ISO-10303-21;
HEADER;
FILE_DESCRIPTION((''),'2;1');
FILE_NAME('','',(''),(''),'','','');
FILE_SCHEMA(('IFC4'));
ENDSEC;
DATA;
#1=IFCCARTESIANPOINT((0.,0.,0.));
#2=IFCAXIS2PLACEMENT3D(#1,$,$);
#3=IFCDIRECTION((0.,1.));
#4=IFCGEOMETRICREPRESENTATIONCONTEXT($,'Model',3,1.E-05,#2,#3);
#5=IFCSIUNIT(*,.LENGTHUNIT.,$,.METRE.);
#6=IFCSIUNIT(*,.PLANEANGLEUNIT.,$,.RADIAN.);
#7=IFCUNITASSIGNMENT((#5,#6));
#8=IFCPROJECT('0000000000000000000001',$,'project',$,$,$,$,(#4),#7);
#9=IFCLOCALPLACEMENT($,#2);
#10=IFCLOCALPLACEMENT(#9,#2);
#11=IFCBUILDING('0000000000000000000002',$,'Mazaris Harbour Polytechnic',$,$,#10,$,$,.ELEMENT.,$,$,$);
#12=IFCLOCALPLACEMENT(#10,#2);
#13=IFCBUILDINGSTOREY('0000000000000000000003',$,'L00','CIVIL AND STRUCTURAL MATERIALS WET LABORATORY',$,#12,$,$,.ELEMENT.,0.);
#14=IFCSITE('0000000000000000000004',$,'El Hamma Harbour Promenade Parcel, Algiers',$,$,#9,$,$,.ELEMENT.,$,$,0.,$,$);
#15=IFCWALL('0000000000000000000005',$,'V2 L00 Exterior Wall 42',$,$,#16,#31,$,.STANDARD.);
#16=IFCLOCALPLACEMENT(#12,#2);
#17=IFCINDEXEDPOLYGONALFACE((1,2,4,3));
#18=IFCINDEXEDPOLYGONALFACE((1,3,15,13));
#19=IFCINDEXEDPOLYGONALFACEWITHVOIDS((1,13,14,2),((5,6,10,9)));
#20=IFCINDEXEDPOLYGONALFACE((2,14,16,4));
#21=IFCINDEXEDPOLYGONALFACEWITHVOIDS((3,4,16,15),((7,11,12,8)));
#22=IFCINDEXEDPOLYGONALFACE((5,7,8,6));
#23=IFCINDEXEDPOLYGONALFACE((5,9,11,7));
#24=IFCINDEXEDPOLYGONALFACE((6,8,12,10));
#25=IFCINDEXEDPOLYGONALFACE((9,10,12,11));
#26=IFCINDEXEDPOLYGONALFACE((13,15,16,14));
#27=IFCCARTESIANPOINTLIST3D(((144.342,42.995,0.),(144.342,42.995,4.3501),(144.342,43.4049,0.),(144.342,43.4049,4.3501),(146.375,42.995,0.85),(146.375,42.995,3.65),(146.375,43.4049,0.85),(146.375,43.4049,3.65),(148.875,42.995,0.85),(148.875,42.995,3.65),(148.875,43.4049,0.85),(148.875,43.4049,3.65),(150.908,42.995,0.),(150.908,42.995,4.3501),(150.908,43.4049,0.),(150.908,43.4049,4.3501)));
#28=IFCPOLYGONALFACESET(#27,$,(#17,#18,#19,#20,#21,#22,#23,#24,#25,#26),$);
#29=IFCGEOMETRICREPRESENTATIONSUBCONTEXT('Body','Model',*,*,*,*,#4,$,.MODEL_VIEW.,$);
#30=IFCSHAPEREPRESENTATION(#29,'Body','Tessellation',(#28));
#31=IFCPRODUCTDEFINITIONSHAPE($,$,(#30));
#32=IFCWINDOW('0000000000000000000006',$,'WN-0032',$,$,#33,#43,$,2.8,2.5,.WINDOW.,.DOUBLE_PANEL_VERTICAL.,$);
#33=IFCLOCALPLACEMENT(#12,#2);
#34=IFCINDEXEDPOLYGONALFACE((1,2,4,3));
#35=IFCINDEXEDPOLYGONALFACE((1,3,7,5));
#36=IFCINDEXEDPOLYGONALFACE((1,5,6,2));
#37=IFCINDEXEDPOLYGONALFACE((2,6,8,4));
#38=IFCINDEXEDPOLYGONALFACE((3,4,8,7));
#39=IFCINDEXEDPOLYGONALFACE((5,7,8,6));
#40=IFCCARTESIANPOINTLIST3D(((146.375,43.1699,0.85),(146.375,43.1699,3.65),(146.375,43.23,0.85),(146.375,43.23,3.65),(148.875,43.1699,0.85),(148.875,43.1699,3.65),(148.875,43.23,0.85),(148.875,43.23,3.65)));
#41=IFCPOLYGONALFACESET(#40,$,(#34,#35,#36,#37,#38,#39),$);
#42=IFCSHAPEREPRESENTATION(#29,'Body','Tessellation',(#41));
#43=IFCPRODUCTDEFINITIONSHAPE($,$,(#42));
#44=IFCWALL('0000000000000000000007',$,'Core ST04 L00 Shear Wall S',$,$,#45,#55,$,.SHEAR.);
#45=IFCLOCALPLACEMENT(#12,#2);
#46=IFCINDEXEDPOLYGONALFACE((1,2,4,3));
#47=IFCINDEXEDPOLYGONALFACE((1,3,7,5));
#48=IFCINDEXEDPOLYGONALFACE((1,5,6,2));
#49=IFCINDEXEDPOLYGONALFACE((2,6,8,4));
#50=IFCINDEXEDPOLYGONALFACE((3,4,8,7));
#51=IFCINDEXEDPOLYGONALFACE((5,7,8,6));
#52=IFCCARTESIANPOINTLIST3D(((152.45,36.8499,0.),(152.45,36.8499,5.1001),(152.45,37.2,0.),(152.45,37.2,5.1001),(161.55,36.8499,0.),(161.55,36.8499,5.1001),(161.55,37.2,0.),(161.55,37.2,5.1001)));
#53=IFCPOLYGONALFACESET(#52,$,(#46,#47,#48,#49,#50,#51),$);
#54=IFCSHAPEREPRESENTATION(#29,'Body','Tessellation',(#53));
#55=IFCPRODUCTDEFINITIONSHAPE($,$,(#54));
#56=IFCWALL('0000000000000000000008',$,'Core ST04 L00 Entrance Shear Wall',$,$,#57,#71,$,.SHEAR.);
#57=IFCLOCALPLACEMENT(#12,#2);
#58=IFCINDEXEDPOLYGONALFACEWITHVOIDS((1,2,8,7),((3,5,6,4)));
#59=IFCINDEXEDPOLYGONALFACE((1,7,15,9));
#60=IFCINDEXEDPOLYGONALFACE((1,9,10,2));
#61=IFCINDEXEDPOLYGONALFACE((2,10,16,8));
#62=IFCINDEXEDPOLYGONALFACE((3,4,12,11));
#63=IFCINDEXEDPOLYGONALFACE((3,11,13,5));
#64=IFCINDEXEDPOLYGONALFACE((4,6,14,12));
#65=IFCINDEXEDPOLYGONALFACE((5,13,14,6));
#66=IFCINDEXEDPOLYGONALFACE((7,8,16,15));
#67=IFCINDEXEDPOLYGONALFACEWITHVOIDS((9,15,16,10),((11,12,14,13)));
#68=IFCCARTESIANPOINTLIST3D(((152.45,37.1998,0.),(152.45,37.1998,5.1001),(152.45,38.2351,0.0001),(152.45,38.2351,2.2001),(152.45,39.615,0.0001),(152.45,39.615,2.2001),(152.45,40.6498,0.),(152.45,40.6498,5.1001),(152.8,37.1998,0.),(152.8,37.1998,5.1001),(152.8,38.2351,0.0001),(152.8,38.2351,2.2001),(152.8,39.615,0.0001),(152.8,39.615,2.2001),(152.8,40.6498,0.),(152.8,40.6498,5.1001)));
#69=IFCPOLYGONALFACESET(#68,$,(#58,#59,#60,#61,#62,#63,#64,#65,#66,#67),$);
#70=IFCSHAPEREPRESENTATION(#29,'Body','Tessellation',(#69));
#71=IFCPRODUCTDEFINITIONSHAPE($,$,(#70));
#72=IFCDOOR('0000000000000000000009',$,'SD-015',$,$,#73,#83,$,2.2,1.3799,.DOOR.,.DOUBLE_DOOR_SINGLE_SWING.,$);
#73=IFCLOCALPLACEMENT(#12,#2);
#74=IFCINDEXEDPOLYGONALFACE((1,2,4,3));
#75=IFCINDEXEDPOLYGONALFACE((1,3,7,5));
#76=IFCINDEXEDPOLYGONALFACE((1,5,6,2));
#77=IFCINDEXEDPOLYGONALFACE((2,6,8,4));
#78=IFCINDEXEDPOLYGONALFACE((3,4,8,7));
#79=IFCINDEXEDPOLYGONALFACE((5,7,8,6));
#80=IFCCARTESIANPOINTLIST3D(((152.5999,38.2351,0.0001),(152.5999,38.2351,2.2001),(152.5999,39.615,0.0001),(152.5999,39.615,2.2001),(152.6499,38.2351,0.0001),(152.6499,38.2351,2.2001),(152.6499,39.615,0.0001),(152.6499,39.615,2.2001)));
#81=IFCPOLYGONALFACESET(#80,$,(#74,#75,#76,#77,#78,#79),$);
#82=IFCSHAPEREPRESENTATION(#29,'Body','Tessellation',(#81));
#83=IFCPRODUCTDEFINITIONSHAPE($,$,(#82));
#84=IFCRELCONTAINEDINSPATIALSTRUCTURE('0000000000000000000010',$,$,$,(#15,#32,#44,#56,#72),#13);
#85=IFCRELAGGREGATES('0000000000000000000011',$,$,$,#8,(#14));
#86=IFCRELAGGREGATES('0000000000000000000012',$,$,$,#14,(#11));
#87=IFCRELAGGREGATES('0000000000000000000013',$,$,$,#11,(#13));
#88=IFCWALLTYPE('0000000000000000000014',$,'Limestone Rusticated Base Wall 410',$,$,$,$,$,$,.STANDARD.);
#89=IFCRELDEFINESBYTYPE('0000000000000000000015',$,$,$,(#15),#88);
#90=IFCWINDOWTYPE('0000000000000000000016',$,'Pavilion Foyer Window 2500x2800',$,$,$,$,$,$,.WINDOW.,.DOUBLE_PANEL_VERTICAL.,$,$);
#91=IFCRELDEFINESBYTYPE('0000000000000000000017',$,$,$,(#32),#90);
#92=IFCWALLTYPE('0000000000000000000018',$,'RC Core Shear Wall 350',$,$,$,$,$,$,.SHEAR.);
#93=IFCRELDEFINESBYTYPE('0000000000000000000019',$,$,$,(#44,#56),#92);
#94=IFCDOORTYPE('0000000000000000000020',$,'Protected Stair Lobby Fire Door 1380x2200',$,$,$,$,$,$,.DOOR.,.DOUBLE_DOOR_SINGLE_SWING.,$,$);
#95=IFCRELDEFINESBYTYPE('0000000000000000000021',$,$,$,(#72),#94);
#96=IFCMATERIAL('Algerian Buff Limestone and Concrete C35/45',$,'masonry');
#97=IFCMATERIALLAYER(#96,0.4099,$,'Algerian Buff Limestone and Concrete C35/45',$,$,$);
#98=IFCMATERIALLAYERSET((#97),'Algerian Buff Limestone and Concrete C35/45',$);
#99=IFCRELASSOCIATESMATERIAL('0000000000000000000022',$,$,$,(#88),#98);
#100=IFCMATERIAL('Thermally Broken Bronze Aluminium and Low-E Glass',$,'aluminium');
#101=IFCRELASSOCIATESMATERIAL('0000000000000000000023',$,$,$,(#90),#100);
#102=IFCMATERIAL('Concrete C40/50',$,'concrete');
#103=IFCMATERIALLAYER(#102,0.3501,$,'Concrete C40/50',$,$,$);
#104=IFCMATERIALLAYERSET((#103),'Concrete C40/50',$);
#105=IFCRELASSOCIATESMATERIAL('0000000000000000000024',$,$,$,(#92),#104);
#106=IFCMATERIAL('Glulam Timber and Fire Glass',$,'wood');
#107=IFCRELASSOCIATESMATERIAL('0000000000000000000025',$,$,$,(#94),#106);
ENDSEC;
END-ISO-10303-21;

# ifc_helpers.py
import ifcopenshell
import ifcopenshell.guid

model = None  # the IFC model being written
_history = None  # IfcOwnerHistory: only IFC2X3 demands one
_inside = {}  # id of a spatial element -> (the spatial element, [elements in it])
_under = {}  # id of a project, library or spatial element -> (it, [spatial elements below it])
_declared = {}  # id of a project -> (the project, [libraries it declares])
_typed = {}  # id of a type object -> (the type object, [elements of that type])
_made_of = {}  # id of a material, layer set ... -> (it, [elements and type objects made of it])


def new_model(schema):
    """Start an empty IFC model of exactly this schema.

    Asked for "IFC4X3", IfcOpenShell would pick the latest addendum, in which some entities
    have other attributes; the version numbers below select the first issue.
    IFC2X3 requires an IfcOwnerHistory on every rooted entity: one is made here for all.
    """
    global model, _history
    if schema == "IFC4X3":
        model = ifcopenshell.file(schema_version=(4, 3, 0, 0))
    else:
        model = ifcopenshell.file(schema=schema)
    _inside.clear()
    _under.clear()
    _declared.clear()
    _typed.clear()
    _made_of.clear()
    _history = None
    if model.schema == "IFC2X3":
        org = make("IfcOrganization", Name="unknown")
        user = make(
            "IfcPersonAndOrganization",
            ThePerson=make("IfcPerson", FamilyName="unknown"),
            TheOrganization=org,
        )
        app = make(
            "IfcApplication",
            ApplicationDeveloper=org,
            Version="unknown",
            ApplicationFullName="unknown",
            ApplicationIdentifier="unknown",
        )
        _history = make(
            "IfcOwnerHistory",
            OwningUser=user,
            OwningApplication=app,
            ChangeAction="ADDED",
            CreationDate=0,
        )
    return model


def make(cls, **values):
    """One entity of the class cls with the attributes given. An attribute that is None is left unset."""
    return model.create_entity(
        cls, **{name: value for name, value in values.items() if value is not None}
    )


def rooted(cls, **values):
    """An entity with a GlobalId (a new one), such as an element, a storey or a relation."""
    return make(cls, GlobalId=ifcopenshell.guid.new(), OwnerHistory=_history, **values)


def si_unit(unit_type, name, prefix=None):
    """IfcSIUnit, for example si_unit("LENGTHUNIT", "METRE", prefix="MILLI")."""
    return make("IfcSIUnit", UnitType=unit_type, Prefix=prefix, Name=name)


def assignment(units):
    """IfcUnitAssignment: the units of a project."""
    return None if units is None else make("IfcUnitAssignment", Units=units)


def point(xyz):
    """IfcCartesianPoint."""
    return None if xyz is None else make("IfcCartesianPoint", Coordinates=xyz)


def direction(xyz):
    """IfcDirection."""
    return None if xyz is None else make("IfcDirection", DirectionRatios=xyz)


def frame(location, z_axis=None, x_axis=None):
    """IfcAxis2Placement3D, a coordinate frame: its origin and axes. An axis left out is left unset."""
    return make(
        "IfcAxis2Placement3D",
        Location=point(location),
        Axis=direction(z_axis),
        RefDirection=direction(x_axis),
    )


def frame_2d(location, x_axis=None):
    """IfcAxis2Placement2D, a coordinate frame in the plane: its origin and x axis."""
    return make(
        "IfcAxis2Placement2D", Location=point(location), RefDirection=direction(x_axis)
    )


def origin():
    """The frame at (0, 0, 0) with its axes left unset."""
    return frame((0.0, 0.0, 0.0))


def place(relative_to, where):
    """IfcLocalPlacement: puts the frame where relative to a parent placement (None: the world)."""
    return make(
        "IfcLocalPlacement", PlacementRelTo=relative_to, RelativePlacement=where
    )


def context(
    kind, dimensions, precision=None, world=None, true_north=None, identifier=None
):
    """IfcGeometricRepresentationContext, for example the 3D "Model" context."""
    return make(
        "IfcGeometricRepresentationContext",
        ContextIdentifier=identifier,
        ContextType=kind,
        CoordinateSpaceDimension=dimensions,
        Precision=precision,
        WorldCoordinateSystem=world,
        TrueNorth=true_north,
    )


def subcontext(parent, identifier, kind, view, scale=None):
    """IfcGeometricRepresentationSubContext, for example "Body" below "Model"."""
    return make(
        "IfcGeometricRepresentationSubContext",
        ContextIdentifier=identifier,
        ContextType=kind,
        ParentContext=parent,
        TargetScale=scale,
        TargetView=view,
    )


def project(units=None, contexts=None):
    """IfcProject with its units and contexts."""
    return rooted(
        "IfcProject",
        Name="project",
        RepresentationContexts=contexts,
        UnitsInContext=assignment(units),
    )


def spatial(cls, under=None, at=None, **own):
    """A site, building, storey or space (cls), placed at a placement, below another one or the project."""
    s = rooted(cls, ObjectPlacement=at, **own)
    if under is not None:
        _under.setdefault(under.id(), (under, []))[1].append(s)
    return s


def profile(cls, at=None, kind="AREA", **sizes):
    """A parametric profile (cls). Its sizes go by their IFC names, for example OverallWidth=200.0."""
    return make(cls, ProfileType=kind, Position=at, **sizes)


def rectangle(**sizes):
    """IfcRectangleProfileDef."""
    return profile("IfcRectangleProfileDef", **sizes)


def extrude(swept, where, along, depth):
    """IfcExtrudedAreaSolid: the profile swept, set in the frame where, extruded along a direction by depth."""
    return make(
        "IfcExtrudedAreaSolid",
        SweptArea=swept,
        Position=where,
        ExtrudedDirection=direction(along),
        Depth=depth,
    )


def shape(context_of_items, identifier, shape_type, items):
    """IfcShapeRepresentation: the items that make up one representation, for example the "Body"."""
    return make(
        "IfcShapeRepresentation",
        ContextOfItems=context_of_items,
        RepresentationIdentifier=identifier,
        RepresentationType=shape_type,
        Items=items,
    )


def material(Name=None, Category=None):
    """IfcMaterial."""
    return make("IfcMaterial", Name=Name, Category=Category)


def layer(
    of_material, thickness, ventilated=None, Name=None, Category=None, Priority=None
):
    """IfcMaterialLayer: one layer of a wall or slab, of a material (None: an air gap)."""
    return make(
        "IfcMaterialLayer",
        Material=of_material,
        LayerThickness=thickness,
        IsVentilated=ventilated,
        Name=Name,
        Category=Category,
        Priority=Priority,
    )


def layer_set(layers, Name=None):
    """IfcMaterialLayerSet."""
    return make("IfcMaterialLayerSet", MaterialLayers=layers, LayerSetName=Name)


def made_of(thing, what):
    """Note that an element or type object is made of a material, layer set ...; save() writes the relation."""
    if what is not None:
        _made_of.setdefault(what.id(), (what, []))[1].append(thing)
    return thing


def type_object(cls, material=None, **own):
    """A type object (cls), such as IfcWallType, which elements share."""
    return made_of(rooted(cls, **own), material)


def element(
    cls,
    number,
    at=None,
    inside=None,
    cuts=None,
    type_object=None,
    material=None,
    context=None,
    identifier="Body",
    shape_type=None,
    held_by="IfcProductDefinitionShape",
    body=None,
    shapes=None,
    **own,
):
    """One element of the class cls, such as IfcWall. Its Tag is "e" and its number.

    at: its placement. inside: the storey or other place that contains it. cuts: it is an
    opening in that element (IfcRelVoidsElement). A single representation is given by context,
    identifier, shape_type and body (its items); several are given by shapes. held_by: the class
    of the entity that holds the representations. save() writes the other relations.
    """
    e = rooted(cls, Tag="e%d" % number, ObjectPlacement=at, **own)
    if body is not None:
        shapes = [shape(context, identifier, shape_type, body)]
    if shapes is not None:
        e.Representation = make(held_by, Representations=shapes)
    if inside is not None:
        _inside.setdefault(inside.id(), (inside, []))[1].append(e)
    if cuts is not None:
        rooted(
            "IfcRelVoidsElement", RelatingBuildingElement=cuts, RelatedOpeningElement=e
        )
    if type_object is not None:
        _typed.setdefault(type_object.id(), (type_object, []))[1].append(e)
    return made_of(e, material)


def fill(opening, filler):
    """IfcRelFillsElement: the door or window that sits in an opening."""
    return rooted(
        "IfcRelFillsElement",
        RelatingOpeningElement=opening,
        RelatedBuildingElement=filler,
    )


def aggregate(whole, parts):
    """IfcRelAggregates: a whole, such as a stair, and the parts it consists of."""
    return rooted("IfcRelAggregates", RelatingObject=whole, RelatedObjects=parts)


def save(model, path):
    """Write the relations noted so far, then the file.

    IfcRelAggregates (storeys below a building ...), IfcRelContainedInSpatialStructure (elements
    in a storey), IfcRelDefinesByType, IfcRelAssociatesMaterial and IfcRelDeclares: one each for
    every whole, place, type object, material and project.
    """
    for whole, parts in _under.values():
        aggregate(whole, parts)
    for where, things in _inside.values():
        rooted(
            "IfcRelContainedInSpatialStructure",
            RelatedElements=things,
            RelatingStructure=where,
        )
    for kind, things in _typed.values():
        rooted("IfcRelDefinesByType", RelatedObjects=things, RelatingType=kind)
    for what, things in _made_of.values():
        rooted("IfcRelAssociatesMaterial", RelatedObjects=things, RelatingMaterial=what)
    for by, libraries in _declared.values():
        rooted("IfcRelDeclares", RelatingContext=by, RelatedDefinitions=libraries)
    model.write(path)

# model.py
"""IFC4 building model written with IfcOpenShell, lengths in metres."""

from ifc_helpers import new_model, si_unit, direction, frame, frame_2d, origin, place, context, subcontext, project, spatial, rectangle, extrude, material, layer, layer_set, type_object, element, fill, save


model = new_model("IFC4")

# Units and contexts
model_context = context("Model", 3, precision=1e-05, world=origin(), true_north=direction((0.0, 1.0)))
body_context = subcontext(model_context, "Body", "Model", "MODEL_VIEW")
ifc_project = project(units=[si_unit("LENGTHUNIT", "METRE"), si_unit("PLANEANGLEUNIT", "RADIAN")], contexts=[model_context])

# Site, building, storey
site_placement = place(None, origin())
site = spatial("IfcSite", under=ifc_project, at=site_placement, Name="El Hamma Harbour Promenade Parcel, Algiers", CompositionType="ELEMENT", RefElevation=0.0)
building_placement = place(site_placement, origin())
building = spatial("IfcBuilding", under=site, at=building_placement, Name="Mazaris Harbour Polytechnic", CompositionType="ELEMENT")
storey_placement = place(building_placement, origin())
storey = spatial("IfcBuildingStorey", under=building, at=storey_placement, Name="L00", Description="CIVIL AND STRUCTURAL MATERIALS WET LABORATORY", CompositionType="ELEMENT", Elevation=0.0)

# Wall, opening, window
ifc_material_1 = material(Name="Algerian Buff Limestone and Concrete C35/45", Category="masonry")
ifc_layer_1 = layer(ifc_material_1, 0.4099, Name="Algerian Buff Limestone and Concrete C35/45")
ifc_layer_set_1 = layer_set([ifc_layer_1], Name="Algerian Buff Limestone and Concrete C35/45")
wall_type_1 = type_object("IfcWallType", Name="Limestone Rusticated Base Wall 410", PredefinedType="STANDARD", material=ifc_layer_set_1)
wall_1_placement = place(storey_placement, frame((144.342, 43.2, 0.0), z_axis=(0.0, 0.0, 1.0), x_axis=(1.0, 0.0, 0.0)))
wall_1 = element("IfcWall", 1, at=wall_1_placement, inside=storey, type_object=wall_type_1, Name="V2 L00 Exterior Wall 42", PredefinedType="STANDARD", context=body_context, shape_type="SweptSolid", body=[
    extrude(rectangle(XDim=6.5659, YDim=0.4099, at=frame_2d((3.283, 0.0))), origin(), (0.0, 0.0, 1.0), 4.3501),
])
opening_1_placement = place(wall_1_placement, frame((2.033, 0.0, 0.8501)))
opening_1 = element("IfcOpeningElement", 2, at=opening_1_placement, cuts=wall_1, PredefinedType="OPENING", context=body_context, shape_type="SweptSolid", body=[
    extrude(rectangle(XDim=2.5, YDim=2.8, at=frame_2d((1.25, 1.3999))), frame((0.0, 0.2148, 0.0), z_axis=(0.0, -1.0, 0.0), x_axis=(1.0, 0.0, 0.0)), (0.0, 0.0, 1.0), 0.4299),
])
ifc_material_2 = material(Name="Thermally Broken Bronze Aluminium and Low-E Glass", Category="aluminium")
window_type = type_object("IfcWindowType", Name="Pavilion Foyer Window 2500x2800", PartitioningType="DOUBLE_PANEL_VERTICAL", PredefinedType="WINDOW", material=ifc_material_2)
window_placement = place(opening_1_placement, origin())
window = element("IfcWindow", 3, at=window_placement, inside=storey, type_object=window_type, Name="WN-0032", OverallHeight=2.8, OverallWidth=2.5, PartitioningType="DOUBLE_PANEL_VERTICAL", PredefinedType="WINDOW", context=body_context, shape_type="SweptSolid", body=[
    extrude(rectangle(XDim=2.5, YDim=2.8, at=frame_2d((1.25, 1.3999))), frame((0.0, 0.03, 0.0), z_axis=(0.0, -1.0, 0.0), x_axis=(1.0, 0.0, 0.0)), (0.0, 0.0, 1.0), 0.0601),
])
fill(opening_1, window)

# Wall
ifc_material_3 = material(Name="Concrete C40/50", Category="concrete")
ifc_layer_2 = layer(ifc_material_3, 0.3501, Name="Concrete C40/50")
ifc_layer_set_2 = layer_set([ifc_layer_2], Name="Concrete C40/50")
wall_type_2 = type_object("IfcWallType", Name="RC Core Shear Wall 350", PredefinedType="SHEAR", material=ifc_layer_set_2)
wall_2_placement = place(storey_placement, frame((152.45, 37.0249, 0.0), z_axis=(0.0, 0.0, 1.0), x_axis=(1.0, 0.0, 0.0)))
element("IfcWall", 4, at=wall_2_placement, inside=storey, type_object=wall_type_2, Name="Core ST04 L00 Shear Wall S", PredefinedType="SHEAR", context=body_context, shape_type="SweptSolid", body=[
    extrude(rectangle(XDim=9.1001, YDim=0.3501, at=frame_2d((4.55, 0.0))), origin(), (0.0, 0.0, 1.0), 5.1001),
])

# Wall, opening, door
wall_3_placement = place(storey_placement, frame((152.625, 40.6499, 0.0), z_axis=(0.0, 0.0, 1.0), x_axis=(0.0, -1.0, 0.0)))
wall_3 = element("IfcWall", 5, at=wall_3_placement, inside=storey, type_object=wall_type_2, Name="Core ST04 L00 Entrance Shear Wall", PredefinedType="SHEAR", context=body_context, shape_type="SweptSolid", body=[
    extrude(rectangle(XDim=3.45, YDim=0.3501, at=frame_2d((1.7251, 0.0))), origin(), (0.0, 0.0, 1.0), 5.1001),
])
opening_2_placement = place(wall_3_placement, frame((1.0349, 0.0, 0.0)))
opening_2 = element("IfcOpeningElement", 6, at=opening_2_placement, cuts=wall_3, PredefinedType="OPENING", context=body_context, shape_type="SweptSolid", body=[
    extrude(rectangle(XDim=1.3799, YDim=2.2, at=frame_2d((0.6899, 1.1001))), frame((0.0, 0.1851, 0.0), z_axis=(0.0, -1.0, 0.0), x_axis=(1.0, 0.0, 0.0)), (0.0, 0.0, 1.0), 0.3701),
])
ifc_material_4 = material(Name="Glulam Timber and Fire Glass", Category="wood")
door_type = type_object("IfcDoorType", Name="Protected Stair Lobby Fire Door 1380x2200", OperationType="DOUBLE_DOOR_SINGLE_SWING", PredefinedType="DOOR", material=ifc_material_4)
door_placement = place(opening_2_placement, origin())
door = element("IfcDoor", 7, at=door_placement, inside=storey, type_object=door_type, Name="SD-015", OperationType="DOUBLE_DOOR_SINGLE_SWING", OverallHeight=2.2, OverallWidth=1.3799, PredefinedType="DOOR", context=body_context, shape_type="SweptSolid", body=[
    extrude(rectangle(XDim=1.3799, YDim=2.2, at=frame_2d((0.6899, 1.1001))), frame((0.0, 0.0249, 0.0), z_axis=(0.0, -1.0, 0.0), x_axis=(1.0, 0.0, 0.0)), (0.0, 0.0, 1.0), 0.05),
])
fill(opening_2, door)

save(model, "model.ifc")
